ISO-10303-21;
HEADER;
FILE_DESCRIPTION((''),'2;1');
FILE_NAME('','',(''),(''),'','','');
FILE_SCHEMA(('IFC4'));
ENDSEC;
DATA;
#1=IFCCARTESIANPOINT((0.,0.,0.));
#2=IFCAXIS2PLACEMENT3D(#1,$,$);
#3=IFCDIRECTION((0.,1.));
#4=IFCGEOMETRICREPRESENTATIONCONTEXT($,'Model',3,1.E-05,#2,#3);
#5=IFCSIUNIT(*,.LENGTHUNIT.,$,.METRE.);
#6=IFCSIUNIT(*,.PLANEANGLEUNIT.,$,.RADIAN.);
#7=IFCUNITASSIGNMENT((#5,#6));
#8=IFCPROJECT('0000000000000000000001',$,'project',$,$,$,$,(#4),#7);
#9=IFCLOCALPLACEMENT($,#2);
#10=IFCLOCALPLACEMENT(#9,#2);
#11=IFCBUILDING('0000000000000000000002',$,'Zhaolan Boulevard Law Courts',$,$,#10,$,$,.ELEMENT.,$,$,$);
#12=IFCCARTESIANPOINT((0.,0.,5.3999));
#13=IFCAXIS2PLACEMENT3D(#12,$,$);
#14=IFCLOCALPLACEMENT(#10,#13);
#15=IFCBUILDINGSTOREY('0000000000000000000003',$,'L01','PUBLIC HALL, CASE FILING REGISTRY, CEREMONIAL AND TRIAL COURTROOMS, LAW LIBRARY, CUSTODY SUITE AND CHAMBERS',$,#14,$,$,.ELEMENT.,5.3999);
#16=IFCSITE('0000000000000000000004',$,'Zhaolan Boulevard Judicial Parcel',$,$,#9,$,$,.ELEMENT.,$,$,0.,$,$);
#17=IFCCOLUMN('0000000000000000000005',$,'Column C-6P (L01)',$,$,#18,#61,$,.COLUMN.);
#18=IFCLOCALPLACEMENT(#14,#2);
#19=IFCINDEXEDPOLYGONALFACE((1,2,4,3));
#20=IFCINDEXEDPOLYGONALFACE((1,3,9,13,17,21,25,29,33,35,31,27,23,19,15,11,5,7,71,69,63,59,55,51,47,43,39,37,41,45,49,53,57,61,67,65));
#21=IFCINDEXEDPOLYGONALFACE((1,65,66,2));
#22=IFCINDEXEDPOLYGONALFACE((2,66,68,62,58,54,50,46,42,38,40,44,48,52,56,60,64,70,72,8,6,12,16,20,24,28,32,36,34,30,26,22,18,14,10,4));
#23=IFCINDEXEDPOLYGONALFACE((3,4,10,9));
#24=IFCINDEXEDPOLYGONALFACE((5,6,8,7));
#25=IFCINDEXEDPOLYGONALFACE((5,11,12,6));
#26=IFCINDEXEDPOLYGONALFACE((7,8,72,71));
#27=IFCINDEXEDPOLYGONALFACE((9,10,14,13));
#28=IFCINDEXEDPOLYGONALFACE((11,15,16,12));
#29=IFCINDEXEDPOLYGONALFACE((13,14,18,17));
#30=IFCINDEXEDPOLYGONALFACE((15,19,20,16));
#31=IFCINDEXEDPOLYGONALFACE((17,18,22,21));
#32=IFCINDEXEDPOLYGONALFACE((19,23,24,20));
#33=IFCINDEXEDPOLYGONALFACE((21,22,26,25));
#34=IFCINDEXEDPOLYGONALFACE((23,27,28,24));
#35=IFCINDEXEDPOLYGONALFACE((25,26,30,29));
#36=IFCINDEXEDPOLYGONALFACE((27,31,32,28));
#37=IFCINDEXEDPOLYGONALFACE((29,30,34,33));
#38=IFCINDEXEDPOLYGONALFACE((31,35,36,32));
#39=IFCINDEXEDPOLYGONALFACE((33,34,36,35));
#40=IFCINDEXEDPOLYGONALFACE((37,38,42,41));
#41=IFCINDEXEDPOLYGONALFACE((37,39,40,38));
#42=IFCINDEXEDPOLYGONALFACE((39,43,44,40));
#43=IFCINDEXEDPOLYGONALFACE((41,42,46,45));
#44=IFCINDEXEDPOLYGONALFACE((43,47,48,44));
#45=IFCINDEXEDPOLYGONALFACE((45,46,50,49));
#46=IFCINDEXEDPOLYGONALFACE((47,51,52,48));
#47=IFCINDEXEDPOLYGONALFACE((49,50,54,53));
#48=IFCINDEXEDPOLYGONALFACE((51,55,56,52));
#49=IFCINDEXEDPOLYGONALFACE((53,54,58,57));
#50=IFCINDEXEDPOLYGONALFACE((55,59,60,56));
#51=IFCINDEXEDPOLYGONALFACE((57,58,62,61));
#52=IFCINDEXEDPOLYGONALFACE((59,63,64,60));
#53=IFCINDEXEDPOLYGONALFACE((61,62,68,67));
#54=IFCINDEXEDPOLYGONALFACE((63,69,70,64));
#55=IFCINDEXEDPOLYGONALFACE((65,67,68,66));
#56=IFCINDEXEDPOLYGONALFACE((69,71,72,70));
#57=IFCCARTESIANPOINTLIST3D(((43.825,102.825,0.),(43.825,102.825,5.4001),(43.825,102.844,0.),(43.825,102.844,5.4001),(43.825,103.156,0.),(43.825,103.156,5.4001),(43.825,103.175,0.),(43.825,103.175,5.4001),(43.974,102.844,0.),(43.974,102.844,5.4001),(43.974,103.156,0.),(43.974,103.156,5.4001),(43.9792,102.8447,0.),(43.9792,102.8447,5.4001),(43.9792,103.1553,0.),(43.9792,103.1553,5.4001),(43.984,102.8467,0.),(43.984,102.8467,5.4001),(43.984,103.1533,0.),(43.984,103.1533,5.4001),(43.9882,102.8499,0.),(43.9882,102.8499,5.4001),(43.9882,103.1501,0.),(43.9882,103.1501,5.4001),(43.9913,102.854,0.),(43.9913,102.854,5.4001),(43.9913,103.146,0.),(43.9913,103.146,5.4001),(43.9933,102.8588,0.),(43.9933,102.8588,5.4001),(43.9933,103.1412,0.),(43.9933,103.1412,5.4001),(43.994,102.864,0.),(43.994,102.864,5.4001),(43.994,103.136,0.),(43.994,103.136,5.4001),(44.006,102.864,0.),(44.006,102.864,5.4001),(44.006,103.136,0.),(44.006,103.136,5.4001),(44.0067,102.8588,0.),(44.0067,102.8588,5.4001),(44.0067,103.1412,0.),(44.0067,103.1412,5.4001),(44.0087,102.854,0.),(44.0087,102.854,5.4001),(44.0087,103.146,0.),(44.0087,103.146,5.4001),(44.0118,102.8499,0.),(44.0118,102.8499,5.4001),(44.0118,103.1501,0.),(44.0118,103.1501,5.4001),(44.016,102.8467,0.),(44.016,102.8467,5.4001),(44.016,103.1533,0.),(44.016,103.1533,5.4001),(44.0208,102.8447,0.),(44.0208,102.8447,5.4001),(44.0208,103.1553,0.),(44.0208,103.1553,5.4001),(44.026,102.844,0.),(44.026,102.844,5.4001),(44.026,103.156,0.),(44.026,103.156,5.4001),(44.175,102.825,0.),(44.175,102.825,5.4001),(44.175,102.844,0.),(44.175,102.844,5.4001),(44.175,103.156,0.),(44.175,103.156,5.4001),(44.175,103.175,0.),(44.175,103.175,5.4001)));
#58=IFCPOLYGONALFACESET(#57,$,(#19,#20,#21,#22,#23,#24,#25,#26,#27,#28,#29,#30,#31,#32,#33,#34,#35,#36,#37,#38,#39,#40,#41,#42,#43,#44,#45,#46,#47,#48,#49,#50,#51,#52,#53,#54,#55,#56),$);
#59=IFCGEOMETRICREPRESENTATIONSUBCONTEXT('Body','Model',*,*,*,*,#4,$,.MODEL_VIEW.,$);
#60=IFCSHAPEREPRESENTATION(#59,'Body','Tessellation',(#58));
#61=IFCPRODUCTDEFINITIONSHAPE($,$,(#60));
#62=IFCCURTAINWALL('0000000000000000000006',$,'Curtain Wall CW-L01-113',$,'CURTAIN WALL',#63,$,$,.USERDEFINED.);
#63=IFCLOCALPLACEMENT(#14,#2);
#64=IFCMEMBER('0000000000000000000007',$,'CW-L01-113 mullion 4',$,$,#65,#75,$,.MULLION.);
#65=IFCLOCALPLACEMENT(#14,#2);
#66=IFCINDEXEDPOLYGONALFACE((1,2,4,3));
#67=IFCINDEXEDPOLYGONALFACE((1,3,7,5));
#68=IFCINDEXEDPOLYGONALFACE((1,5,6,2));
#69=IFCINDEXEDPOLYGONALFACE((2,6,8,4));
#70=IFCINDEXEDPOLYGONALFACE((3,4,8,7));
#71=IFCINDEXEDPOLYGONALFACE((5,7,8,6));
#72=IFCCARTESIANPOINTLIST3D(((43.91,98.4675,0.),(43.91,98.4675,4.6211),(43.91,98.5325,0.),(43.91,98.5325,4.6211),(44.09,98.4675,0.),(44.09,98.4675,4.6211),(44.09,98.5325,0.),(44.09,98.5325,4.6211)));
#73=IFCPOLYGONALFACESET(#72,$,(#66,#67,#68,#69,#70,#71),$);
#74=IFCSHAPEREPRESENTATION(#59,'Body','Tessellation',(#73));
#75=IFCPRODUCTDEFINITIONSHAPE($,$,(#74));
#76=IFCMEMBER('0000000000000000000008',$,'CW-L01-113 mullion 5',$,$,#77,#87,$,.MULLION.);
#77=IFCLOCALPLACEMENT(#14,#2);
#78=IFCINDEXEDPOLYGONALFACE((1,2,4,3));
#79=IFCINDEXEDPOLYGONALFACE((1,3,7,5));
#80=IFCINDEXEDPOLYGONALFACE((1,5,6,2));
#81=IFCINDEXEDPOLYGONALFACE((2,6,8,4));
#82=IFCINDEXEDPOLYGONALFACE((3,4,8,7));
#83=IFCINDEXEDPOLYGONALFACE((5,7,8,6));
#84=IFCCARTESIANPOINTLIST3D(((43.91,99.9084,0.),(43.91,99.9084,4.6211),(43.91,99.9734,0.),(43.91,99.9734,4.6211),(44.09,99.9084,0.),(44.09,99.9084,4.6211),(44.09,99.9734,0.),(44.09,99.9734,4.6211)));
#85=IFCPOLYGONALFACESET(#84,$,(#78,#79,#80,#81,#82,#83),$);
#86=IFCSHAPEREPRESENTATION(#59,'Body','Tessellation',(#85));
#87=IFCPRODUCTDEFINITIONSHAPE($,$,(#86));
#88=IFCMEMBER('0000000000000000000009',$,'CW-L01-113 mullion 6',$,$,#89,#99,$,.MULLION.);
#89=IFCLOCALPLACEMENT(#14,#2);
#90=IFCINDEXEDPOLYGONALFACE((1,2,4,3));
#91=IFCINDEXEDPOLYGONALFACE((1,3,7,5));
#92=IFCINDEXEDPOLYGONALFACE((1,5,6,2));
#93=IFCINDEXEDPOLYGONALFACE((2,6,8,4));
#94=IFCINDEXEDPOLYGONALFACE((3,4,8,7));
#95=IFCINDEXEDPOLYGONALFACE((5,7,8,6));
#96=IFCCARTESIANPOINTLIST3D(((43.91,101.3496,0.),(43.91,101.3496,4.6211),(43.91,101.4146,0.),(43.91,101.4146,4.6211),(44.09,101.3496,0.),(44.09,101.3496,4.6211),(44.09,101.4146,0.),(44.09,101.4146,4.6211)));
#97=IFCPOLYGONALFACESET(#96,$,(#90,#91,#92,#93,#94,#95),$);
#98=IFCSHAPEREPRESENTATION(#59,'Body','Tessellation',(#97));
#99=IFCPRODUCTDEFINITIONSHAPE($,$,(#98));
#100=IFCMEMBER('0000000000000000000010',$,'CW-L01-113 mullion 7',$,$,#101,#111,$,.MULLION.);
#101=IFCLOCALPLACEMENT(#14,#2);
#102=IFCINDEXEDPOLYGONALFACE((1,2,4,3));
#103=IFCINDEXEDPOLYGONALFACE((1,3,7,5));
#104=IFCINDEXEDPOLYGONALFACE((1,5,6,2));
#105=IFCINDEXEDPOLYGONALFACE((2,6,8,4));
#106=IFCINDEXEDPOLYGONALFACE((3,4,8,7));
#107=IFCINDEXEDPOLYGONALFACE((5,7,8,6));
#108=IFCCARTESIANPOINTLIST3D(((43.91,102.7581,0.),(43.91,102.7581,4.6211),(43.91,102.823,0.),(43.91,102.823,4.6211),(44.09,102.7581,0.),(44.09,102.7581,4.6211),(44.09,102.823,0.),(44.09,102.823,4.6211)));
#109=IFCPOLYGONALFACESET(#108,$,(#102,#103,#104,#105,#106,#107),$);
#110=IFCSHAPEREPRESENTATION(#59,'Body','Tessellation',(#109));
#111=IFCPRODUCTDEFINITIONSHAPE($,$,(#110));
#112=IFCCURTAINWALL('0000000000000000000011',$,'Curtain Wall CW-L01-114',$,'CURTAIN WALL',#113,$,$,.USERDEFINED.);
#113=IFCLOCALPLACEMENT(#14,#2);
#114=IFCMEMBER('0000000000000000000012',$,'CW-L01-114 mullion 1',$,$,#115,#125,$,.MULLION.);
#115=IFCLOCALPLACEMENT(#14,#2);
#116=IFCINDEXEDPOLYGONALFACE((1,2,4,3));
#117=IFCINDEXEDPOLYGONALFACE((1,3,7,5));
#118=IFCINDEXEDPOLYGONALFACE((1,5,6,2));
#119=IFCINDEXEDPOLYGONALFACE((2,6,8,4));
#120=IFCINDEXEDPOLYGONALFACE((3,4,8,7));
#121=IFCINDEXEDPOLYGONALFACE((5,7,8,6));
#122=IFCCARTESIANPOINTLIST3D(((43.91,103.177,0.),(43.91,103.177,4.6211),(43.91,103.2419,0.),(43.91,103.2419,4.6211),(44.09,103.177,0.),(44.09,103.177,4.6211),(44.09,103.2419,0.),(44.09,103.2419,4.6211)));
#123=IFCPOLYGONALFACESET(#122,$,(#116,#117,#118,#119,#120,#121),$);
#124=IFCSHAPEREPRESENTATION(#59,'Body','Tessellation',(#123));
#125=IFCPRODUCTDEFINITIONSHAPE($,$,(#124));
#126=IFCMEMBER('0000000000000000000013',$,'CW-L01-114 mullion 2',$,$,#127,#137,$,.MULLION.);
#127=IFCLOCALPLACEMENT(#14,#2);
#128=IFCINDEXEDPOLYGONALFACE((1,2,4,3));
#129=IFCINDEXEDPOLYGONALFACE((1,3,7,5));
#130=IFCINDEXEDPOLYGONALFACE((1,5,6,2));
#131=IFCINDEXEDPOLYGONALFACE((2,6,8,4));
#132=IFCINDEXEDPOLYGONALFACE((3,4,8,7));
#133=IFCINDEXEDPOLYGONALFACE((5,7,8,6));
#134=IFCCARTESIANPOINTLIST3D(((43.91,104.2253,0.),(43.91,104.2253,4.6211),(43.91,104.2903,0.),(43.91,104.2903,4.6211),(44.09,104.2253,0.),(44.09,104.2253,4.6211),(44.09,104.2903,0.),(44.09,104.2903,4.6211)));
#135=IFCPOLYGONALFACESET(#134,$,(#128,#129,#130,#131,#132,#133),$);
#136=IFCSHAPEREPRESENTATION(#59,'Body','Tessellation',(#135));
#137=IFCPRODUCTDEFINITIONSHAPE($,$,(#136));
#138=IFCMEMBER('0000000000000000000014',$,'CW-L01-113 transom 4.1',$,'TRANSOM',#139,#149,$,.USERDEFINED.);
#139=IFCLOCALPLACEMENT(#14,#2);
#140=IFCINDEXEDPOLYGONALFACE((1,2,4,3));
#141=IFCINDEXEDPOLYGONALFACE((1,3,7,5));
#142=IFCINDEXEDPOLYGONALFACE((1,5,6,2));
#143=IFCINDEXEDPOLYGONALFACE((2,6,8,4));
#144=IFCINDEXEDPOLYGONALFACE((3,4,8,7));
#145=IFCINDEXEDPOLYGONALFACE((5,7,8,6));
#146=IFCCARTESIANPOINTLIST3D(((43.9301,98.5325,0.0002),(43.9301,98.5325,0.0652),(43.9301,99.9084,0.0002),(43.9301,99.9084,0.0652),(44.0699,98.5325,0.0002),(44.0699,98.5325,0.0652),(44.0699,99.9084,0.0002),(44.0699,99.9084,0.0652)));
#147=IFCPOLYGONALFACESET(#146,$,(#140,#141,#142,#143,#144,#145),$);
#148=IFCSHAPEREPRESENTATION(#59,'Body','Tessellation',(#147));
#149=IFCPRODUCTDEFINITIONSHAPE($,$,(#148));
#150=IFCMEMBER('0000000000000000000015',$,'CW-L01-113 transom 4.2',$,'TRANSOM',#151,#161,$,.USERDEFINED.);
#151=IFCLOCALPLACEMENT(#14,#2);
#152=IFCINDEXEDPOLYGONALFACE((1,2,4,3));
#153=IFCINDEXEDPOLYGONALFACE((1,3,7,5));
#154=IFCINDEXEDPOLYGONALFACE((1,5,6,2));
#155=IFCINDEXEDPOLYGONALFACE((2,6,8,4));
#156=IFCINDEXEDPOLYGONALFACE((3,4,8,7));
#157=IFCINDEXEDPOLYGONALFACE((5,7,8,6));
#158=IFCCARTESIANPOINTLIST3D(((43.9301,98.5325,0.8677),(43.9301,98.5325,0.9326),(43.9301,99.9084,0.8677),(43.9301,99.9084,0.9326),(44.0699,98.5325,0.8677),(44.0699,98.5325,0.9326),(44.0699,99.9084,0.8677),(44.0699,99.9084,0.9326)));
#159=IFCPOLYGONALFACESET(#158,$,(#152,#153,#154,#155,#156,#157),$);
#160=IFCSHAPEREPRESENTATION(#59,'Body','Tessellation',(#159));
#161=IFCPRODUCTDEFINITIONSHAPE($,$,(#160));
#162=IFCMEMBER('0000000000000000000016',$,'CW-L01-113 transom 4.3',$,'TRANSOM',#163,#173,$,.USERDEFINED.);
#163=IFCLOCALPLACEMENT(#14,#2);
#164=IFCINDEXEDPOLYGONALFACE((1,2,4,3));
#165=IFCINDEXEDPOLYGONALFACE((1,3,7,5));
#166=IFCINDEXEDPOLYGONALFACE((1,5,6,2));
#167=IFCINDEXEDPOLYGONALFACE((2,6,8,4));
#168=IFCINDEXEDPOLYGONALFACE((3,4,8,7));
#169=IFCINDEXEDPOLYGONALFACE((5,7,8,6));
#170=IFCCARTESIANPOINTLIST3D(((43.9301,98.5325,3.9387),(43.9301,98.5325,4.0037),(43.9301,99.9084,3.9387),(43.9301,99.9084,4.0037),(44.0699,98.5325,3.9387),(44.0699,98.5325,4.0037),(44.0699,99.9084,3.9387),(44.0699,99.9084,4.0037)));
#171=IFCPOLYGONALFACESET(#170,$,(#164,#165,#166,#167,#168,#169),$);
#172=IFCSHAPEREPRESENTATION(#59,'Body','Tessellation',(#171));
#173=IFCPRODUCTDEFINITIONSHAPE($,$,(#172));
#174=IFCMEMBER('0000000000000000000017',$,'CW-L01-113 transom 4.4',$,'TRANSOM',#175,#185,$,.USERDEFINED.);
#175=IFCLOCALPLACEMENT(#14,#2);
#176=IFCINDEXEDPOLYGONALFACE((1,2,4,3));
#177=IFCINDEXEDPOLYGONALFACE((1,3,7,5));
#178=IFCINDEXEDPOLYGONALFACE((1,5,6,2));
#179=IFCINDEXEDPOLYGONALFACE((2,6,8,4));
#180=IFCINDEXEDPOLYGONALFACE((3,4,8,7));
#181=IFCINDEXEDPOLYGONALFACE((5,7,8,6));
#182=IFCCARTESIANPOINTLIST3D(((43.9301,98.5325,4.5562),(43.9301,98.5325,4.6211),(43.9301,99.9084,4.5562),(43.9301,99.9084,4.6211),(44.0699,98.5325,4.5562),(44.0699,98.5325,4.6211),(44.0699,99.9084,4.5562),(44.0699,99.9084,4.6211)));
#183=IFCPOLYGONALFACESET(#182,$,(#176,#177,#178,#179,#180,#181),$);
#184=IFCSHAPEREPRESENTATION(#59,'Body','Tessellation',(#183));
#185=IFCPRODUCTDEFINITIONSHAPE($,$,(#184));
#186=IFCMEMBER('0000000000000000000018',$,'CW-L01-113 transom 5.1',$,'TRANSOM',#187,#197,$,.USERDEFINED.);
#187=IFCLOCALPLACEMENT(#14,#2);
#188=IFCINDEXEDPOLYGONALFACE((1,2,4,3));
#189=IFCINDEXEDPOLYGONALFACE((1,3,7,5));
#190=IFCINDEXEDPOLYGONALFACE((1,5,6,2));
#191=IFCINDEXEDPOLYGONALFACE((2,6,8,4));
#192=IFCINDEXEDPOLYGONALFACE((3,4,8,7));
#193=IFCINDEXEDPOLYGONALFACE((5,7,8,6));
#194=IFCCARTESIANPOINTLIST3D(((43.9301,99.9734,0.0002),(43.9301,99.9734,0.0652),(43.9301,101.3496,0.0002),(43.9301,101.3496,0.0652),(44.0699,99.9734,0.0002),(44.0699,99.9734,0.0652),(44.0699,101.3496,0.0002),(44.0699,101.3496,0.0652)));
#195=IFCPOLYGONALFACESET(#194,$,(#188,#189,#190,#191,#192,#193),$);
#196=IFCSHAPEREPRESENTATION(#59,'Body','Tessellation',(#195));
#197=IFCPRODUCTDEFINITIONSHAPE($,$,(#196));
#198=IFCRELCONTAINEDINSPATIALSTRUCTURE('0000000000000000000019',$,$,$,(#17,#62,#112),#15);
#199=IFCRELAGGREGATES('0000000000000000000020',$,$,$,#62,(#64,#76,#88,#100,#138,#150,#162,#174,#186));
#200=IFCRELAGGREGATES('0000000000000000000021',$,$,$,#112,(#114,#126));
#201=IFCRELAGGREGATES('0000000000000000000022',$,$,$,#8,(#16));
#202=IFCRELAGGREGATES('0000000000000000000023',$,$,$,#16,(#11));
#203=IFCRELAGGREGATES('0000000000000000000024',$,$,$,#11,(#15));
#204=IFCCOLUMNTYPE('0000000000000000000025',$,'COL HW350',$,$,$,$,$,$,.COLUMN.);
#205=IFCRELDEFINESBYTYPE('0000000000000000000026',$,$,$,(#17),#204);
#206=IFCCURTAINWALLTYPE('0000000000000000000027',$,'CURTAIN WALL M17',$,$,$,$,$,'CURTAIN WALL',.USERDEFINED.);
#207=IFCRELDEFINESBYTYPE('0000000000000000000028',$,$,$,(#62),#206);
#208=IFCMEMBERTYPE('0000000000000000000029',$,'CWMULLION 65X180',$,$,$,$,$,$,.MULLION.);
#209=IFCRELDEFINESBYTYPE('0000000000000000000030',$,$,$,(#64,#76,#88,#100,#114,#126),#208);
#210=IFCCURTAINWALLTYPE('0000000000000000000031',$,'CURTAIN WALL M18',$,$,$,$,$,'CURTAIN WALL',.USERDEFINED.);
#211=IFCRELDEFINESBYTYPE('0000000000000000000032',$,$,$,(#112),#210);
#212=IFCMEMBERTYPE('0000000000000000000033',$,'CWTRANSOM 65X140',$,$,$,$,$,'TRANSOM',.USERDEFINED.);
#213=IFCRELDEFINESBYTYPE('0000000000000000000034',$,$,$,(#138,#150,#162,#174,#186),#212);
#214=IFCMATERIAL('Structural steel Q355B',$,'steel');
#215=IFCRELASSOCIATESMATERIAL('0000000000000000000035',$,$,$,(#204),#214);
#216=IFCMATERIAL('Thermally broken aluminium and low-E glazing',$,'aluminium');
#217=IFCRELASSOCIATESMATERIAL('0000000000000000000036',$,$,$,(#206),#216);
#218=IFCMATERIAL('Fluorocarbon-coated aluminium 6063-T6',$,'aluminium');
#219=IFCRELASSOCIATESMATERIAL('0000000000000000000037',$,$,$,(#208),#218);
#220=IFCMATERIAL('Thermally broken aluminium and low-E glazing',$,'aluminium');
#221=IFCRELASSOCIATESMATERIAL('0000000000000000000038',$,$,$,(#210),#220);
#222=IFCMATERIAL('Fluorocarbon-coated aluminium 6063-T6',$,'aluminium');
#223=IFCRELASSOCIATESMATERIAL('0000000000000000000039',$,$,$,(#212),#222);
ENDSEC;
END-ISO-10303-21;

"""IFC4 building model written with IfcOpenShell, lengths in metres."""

from ifc_helpers import new_model, si_unit, direction, frame, origin, origin_2d, place, context, subcontext, project, spatial, rectangle, i_section, extrude, material, material_profile, profile_set, type_object, element, aggregate, save


model = new_model("IFC4")

# Units and contexts
model_context = context("Model", 3, precision=1e-05, world=origin(), true_north=direction((0.0, 1.0)))
body_context = subcontext(model_context, "Body", "Model", "MODEL_VIEW")
ifc_project = project(units=[si_unit("LENGTHUNIT", "METRE"), si_unit("PLANEANGLEUNIT", "RADIAN")], contexts=[model_context])

# Site, building, storey
site_placement = place(None, origin())
site = spatial("IfcSite", under=ifc_project, at=site_placement, Name="Zhaolan Boulevard Judicial Parcel", CompositionType="ELEMENT", RefElevation=0.0)
building_placement = place(site_placement, origin())
building = spatial("IfcBuilding", under=site, at=building_placement, Name="Zhaolan Boulevard Law Courts", CompositionType="ELEMENT")
storey_placement = place(building_placement, frame((0.0, 0.0, 5.3999)))
storey = spatial("IfcBuildingStorey", under=building, at=storey_placement, Name="L01", Description="PUBLIC HALL, CASE FILING REGISTRY, CEREMONIAL AND TRIAL COURTROOMS, LAW LIBRARY, CUSTODY SUITE AND CHAMBERS", CompositionType="ELEMENT", Elevation=5.3999)

# Column
ifc_material_1 = material(Name="Structural steel Q355B", Category="steel")
ifc_material_profile_1 = material_profile(ifc_material_1, i_section(OverallWidth=0.3501, OverallDepth=0.3501, WebThickness=0.012, FlangeThickness=0.019, FilletRadius=0.02, at=origin_2d()), Name="HW350x350")
ifc_profile_set_1 = profile_set([ifc_material_profile_1], Name="Structural steel Q355B")
column_type = type_object("IfcColumnType", Name="COL HW350", PredefinedType="COLUMN", material=ifc_profile_set_1)
column_placement = place(storey_placement, frame((44.0, 103.0, 0.0), z_axis=(0.0, 0.0, 1.0), x_axis=(1.0, 0.0, 0.0)))
element("IfcColumn", 1, at=column_placement, inside=storey, type_object=column_type, Name="Column C-6P (L01)", PredefinedType="COLUMN", context=body_context, shape_type="SweptSolid", body=[
    extrude(i_section(OverallWidth=0.3501, OverallDepth=0.3501, WebThickness=0.012, FlangeThickness=0.019, FilletRadius=0.02, at=origin_2d()), origin(), (0.0, 0.0, 1.0), 5.4001),
])

# Curtain walls, members
ifc_material_2 = material(Name="Thermally broken aluminium and low-E glazing", Category="aluminium")
curtain_wall_type_1 = type_object("IfcCurtainWallType", Name="CURTAIN WALL M17", ElementType="CURTAIN WALL", PredefinedType="USERDEFINED", material=ifc_material_2)
curtain_wall_1_placement = place(storey_placement, origin())
curtain_wall_1 = element("IfcCurtainWall", 2, at=curtain_wall_1_placement, inside=storey, type_object=curtain_wall_type_1, Name="Curtain Wall CW-L01-113", ObjectType="CURTAIN WALL", PredefinedType="USERDEFINED")
ifc_material_3 = material(Name="Fluorocarbon-coated aluminium 6063-T6", Category="aluminium")
ifc_material_profile_2 = material_profile(ifc_material_3, rectangle(XDim=0.1799, YDim=0.0649, at=origin_2d()), Name="AL65x180")
ifc_profile_set_2 = profile_set([ifc_material_profile_2], Name="Fluorocarbon-coated aluminium 6063-T6")
member_type_1 = type_object("IfcMemberType", Name="CWMULLION 65X180", PredefinedType="MULLION", material=ifc_profile_set_2)
member_1_placement = place(storey_placement, frame((44.0, 98.5, 0.0), z_axis=(0.0, 0.0, 1.0), x_axis=(-1.0, 0.0, 0.0)))
member_1 = element("IfcMember", 3, at=member_1_placement, type_object=member_type_1, Name="CW-L01-113 mullion 4", PredefinedType="MULLION", context=body_context, shape_type="SweptSolid", body=[
    extrude(rectangle(XDim=0.1799, YDim=0.0649, at=origin_2d()), origin(), (0.0, 0.0, 1.0), 4.6211),
])
member_2_placement = place(storey_placement, frame((44.0, 99.9409, 0.0), z_axis=(0.0, 0.0, 1.0), x_axis=(-1.0, 0.0, 0.0)))
member_2 = element("IfcMember", 4, at=member_2_placement, type_object=member_type_1, Name="CW-L01-113 mullion 5", PredefinedType="MULLION", context=body_context, shape_type="SweptSolid", body=[
    extrude(rectangle(XDim=0.1799, YDim=0.0649, at=origin_2d()), origin(), (0.0, 0.0, 1.0), 4.6211),
])
member_3_placement = place(storey_placement, frame((44.0, 101.3821, 0.0), z_axis=(0.0, 0.0, 1.0), x_axis=(-1.0, 0.0, 0.0)))
member_3 = element("IfcMember", 5, at=member_3_placement, type_object=member_type_1, Name="CW-L01-113 mullion 6", PredefinedType="MULLION", context=body_context, shape_type="SweptSolid", body=[
    extrude(rectangle(XDim=0.1799, YDim=0.0649, at=origin_2d()), origin(), (0.0, 0.0, 1.0), 4.6211),
])
member_4_placement = place(storey_placement, frame((44.0, 102.7905, 0.0), z_axis=(0.0, 0.0, 1.0), x_axis=(-1.0, 0.0, 0.0)))
member_4 = element("IfcMember", 6, at=member_4_placement, type_object=member_type_1, Name="CW-L01-113 mullion 7", PredefinedType="MULLION", context=body_context, shape_type="SweptSolid", body=[
    extrude(rectangle(XDim=0.1799, YDim=0.0649, at=origin_2d()), origin(), (0.0, 0.0, 1.0), 4.6211),
])
ifc_material_4 = material(Name="Thermally broken aluminium and low-E glazing", Category="aluminium")
curtain_wall_type_2 = type_object("IfcCurtainWallType", Name="CURTAIN WALL M18", ElementType="CURTAIN WALL", PredefinedType="USERDEFINED", material=ifc_material_4)
curtain_wall_2_placement = place(storey_placement, origin())
curtain_wall_2 = element("IfcCurtainWall", 7, at=curtain_wall_2_placement, inside=storey, type_object=curtain_wall_type_2, Name="Curtain Wall CW-L01-114", ObjectType="CURTAIN WALL", PredefinedType="USERDEFINED")
member_5_placement = place(storey_placement, frame((44.0, 103.2095, 0.0), z_axis=(0.0, 0.0, 1.0), x_axis=(-1.0, 0.0, 0.0)))
member_5 = element("IfcMember", 8, at=member_5_placement, type_object=member_type_1, Name="CW-L01-114 mullion 1", PredefinedType="MULLION", context=body_context, shape_type="SweptSolid", body=[
    extrude(rectangle(XDim=0.1799, YDim=0.0649, at=origin_2d()), origin(), (0.0, 0.0, 1.0), 4.6211),
])
member_6_placement = place(storey_placement, frame((44.0, 104.2578, 0.0), z_axis=(0.0, 0.0, 1.0), x_axis=(-1.0, 0.0, 0.0)))
member_6 = element("IfcMember", 9, at=member_6_placement, type_object=member_type_1, Name="CW-L01-114 mullion 2", PredefinedType="MULLION", context=body_context, shape_type="SweptSolid", body=[
    extrude(rectangle(XDim=0.1799, YDim=0.0649, at=origin_2d()), origin(), (0.0, 0.0, 1.0), 4.6211),
])

# Members
ifc_material_5 = material(Name="Fluorocarbon-coated aluminium 6063-T6", Category="aluminium")
ifc_material_profile_3 = material_profile(ifc_material_5, rectangle(XDim=0.1399, YDim=0.0649, at=origin_2d()), Name="AL65x140")
ifc_profile_set_3 = profile_set([ifc_material_profile_3], Name="Fluorocarbon-coated aluminium 6063-T6")
member_type_2 = type_object("IfcMemberType", Name="CWTRANSOM 65X140", ElementType="TRANSOM", PredefinedType="USERDEFINED", material=ifc_profile_set_3)
member_7_placement = place(storey_placement, frame((44.0, 98.5325, 0.0327), z_axis=(0.0, 1.0, 0.0), x_axis=(-1.0, 0.0, 0.0)))
member_7 = element("IfcMember", 10, at=member_7_placement, type_object=member_type_2, Name="CW-L01-113 transom 4.1", ObjectType="TRANSOM", PredefinedType="USERDEFINED", context=body_context, shape_type="SweptSolid", body=[
    extrude(rectangle(XDim=0.1399, YDim=0.0649, at=origin_2d()), origin(), (0.0, 0.0, 1.0), 1.376),
])
member_8_placement = place(storey_placement, frame((44.0, 98.5325, 0.9001), z_axis=(0.0, 1.0, 0.0), x_axis=(-1.0, 0.0, 0.0)))
member_8 = element("IfcMember", 11, at=member_8_placement, type_object=member_type_2, Name="CW-L01-113 transom 4.2", ObjectType="TRANSOM", PredefinedType="USERDEFINED", context=body_context, shape_type="SweptSolid", body=[
    extrude(rectangle(XDim=0.1399, YDim=0.0649, at=origin_2d()), origin(), (0.0, 0.0, 1.0), 1.376),
])
member_9_placement = place(storey_placement, frame((44.0, 98.5325, 3.9712), z_axis=(0.0, 1.0, 0.0), x_axis=(-1.0, 0.0, 0.0)))
member_9 = element("IfcMember", 12, at=member_9_placement, type_object=member_type_2, Name="CW-L01-113 transom 4.3", ObjectType="TRANSOM", PredefinedType="USERDEFINED", context=body_context, shape_type="SweptSolid", body=[
    extrude(rectangle(XDim=0.1399, YDim=0.0649, at=origin_2d()), origin(), (0.0, 0.0, 1.0), 1.376),
])
member_10_placement = place(storey_placement, frame((44.0, 98.5325, 4.5886), z_axis=(0.0, 1.0, 0.0), x_axis=(-1.0, 0.0, 0.0)))
member_10 = element("IfcMember", 13, at=member_10_placement, type_object=member_type_2, Name="CW-L01-113 transom 4.4", ObjectType="TRANSOM", PredefinedType="USERDEFINED", context=body_context, shape_type="SweptSolid", body=[
    extrude(rectangle(XDim=0.1399, YDim=0.0649, at=origin_2d()), origin(), (0.0, 0.0, 1.0), 1.376),
])
member_11_placement = place(storey_placement, frame((44.0, 99.9734, 0.0327), z_axis=(0.0, 1.0, 0.0), x_axis=(-1.0, 0.0, 0.0)))
member_11 = element("IfcMember", 14, at=member_11_placement, type_object=member_type_2, Name="CW-L01-113 transom 5.1", ObjectType="TRANSOM", PredefinedType="USERDEFINED", context=body_context, shape_type="SweptSolid", body=[
    extrude(rectangle(XDim=0.1399, YDim=0.0649, at=origin_2d()), origin(), (0.0, 0.0, 1.0), 1.3762),
])

aggregate(curtain_wall_1, [member_1, member_2, member_3, member_4, member_7, member_8, member_9, member_10, member_11])
aggregate(curtain_wall_2, [member_5, member_6])

save(model, "model.ifc")
